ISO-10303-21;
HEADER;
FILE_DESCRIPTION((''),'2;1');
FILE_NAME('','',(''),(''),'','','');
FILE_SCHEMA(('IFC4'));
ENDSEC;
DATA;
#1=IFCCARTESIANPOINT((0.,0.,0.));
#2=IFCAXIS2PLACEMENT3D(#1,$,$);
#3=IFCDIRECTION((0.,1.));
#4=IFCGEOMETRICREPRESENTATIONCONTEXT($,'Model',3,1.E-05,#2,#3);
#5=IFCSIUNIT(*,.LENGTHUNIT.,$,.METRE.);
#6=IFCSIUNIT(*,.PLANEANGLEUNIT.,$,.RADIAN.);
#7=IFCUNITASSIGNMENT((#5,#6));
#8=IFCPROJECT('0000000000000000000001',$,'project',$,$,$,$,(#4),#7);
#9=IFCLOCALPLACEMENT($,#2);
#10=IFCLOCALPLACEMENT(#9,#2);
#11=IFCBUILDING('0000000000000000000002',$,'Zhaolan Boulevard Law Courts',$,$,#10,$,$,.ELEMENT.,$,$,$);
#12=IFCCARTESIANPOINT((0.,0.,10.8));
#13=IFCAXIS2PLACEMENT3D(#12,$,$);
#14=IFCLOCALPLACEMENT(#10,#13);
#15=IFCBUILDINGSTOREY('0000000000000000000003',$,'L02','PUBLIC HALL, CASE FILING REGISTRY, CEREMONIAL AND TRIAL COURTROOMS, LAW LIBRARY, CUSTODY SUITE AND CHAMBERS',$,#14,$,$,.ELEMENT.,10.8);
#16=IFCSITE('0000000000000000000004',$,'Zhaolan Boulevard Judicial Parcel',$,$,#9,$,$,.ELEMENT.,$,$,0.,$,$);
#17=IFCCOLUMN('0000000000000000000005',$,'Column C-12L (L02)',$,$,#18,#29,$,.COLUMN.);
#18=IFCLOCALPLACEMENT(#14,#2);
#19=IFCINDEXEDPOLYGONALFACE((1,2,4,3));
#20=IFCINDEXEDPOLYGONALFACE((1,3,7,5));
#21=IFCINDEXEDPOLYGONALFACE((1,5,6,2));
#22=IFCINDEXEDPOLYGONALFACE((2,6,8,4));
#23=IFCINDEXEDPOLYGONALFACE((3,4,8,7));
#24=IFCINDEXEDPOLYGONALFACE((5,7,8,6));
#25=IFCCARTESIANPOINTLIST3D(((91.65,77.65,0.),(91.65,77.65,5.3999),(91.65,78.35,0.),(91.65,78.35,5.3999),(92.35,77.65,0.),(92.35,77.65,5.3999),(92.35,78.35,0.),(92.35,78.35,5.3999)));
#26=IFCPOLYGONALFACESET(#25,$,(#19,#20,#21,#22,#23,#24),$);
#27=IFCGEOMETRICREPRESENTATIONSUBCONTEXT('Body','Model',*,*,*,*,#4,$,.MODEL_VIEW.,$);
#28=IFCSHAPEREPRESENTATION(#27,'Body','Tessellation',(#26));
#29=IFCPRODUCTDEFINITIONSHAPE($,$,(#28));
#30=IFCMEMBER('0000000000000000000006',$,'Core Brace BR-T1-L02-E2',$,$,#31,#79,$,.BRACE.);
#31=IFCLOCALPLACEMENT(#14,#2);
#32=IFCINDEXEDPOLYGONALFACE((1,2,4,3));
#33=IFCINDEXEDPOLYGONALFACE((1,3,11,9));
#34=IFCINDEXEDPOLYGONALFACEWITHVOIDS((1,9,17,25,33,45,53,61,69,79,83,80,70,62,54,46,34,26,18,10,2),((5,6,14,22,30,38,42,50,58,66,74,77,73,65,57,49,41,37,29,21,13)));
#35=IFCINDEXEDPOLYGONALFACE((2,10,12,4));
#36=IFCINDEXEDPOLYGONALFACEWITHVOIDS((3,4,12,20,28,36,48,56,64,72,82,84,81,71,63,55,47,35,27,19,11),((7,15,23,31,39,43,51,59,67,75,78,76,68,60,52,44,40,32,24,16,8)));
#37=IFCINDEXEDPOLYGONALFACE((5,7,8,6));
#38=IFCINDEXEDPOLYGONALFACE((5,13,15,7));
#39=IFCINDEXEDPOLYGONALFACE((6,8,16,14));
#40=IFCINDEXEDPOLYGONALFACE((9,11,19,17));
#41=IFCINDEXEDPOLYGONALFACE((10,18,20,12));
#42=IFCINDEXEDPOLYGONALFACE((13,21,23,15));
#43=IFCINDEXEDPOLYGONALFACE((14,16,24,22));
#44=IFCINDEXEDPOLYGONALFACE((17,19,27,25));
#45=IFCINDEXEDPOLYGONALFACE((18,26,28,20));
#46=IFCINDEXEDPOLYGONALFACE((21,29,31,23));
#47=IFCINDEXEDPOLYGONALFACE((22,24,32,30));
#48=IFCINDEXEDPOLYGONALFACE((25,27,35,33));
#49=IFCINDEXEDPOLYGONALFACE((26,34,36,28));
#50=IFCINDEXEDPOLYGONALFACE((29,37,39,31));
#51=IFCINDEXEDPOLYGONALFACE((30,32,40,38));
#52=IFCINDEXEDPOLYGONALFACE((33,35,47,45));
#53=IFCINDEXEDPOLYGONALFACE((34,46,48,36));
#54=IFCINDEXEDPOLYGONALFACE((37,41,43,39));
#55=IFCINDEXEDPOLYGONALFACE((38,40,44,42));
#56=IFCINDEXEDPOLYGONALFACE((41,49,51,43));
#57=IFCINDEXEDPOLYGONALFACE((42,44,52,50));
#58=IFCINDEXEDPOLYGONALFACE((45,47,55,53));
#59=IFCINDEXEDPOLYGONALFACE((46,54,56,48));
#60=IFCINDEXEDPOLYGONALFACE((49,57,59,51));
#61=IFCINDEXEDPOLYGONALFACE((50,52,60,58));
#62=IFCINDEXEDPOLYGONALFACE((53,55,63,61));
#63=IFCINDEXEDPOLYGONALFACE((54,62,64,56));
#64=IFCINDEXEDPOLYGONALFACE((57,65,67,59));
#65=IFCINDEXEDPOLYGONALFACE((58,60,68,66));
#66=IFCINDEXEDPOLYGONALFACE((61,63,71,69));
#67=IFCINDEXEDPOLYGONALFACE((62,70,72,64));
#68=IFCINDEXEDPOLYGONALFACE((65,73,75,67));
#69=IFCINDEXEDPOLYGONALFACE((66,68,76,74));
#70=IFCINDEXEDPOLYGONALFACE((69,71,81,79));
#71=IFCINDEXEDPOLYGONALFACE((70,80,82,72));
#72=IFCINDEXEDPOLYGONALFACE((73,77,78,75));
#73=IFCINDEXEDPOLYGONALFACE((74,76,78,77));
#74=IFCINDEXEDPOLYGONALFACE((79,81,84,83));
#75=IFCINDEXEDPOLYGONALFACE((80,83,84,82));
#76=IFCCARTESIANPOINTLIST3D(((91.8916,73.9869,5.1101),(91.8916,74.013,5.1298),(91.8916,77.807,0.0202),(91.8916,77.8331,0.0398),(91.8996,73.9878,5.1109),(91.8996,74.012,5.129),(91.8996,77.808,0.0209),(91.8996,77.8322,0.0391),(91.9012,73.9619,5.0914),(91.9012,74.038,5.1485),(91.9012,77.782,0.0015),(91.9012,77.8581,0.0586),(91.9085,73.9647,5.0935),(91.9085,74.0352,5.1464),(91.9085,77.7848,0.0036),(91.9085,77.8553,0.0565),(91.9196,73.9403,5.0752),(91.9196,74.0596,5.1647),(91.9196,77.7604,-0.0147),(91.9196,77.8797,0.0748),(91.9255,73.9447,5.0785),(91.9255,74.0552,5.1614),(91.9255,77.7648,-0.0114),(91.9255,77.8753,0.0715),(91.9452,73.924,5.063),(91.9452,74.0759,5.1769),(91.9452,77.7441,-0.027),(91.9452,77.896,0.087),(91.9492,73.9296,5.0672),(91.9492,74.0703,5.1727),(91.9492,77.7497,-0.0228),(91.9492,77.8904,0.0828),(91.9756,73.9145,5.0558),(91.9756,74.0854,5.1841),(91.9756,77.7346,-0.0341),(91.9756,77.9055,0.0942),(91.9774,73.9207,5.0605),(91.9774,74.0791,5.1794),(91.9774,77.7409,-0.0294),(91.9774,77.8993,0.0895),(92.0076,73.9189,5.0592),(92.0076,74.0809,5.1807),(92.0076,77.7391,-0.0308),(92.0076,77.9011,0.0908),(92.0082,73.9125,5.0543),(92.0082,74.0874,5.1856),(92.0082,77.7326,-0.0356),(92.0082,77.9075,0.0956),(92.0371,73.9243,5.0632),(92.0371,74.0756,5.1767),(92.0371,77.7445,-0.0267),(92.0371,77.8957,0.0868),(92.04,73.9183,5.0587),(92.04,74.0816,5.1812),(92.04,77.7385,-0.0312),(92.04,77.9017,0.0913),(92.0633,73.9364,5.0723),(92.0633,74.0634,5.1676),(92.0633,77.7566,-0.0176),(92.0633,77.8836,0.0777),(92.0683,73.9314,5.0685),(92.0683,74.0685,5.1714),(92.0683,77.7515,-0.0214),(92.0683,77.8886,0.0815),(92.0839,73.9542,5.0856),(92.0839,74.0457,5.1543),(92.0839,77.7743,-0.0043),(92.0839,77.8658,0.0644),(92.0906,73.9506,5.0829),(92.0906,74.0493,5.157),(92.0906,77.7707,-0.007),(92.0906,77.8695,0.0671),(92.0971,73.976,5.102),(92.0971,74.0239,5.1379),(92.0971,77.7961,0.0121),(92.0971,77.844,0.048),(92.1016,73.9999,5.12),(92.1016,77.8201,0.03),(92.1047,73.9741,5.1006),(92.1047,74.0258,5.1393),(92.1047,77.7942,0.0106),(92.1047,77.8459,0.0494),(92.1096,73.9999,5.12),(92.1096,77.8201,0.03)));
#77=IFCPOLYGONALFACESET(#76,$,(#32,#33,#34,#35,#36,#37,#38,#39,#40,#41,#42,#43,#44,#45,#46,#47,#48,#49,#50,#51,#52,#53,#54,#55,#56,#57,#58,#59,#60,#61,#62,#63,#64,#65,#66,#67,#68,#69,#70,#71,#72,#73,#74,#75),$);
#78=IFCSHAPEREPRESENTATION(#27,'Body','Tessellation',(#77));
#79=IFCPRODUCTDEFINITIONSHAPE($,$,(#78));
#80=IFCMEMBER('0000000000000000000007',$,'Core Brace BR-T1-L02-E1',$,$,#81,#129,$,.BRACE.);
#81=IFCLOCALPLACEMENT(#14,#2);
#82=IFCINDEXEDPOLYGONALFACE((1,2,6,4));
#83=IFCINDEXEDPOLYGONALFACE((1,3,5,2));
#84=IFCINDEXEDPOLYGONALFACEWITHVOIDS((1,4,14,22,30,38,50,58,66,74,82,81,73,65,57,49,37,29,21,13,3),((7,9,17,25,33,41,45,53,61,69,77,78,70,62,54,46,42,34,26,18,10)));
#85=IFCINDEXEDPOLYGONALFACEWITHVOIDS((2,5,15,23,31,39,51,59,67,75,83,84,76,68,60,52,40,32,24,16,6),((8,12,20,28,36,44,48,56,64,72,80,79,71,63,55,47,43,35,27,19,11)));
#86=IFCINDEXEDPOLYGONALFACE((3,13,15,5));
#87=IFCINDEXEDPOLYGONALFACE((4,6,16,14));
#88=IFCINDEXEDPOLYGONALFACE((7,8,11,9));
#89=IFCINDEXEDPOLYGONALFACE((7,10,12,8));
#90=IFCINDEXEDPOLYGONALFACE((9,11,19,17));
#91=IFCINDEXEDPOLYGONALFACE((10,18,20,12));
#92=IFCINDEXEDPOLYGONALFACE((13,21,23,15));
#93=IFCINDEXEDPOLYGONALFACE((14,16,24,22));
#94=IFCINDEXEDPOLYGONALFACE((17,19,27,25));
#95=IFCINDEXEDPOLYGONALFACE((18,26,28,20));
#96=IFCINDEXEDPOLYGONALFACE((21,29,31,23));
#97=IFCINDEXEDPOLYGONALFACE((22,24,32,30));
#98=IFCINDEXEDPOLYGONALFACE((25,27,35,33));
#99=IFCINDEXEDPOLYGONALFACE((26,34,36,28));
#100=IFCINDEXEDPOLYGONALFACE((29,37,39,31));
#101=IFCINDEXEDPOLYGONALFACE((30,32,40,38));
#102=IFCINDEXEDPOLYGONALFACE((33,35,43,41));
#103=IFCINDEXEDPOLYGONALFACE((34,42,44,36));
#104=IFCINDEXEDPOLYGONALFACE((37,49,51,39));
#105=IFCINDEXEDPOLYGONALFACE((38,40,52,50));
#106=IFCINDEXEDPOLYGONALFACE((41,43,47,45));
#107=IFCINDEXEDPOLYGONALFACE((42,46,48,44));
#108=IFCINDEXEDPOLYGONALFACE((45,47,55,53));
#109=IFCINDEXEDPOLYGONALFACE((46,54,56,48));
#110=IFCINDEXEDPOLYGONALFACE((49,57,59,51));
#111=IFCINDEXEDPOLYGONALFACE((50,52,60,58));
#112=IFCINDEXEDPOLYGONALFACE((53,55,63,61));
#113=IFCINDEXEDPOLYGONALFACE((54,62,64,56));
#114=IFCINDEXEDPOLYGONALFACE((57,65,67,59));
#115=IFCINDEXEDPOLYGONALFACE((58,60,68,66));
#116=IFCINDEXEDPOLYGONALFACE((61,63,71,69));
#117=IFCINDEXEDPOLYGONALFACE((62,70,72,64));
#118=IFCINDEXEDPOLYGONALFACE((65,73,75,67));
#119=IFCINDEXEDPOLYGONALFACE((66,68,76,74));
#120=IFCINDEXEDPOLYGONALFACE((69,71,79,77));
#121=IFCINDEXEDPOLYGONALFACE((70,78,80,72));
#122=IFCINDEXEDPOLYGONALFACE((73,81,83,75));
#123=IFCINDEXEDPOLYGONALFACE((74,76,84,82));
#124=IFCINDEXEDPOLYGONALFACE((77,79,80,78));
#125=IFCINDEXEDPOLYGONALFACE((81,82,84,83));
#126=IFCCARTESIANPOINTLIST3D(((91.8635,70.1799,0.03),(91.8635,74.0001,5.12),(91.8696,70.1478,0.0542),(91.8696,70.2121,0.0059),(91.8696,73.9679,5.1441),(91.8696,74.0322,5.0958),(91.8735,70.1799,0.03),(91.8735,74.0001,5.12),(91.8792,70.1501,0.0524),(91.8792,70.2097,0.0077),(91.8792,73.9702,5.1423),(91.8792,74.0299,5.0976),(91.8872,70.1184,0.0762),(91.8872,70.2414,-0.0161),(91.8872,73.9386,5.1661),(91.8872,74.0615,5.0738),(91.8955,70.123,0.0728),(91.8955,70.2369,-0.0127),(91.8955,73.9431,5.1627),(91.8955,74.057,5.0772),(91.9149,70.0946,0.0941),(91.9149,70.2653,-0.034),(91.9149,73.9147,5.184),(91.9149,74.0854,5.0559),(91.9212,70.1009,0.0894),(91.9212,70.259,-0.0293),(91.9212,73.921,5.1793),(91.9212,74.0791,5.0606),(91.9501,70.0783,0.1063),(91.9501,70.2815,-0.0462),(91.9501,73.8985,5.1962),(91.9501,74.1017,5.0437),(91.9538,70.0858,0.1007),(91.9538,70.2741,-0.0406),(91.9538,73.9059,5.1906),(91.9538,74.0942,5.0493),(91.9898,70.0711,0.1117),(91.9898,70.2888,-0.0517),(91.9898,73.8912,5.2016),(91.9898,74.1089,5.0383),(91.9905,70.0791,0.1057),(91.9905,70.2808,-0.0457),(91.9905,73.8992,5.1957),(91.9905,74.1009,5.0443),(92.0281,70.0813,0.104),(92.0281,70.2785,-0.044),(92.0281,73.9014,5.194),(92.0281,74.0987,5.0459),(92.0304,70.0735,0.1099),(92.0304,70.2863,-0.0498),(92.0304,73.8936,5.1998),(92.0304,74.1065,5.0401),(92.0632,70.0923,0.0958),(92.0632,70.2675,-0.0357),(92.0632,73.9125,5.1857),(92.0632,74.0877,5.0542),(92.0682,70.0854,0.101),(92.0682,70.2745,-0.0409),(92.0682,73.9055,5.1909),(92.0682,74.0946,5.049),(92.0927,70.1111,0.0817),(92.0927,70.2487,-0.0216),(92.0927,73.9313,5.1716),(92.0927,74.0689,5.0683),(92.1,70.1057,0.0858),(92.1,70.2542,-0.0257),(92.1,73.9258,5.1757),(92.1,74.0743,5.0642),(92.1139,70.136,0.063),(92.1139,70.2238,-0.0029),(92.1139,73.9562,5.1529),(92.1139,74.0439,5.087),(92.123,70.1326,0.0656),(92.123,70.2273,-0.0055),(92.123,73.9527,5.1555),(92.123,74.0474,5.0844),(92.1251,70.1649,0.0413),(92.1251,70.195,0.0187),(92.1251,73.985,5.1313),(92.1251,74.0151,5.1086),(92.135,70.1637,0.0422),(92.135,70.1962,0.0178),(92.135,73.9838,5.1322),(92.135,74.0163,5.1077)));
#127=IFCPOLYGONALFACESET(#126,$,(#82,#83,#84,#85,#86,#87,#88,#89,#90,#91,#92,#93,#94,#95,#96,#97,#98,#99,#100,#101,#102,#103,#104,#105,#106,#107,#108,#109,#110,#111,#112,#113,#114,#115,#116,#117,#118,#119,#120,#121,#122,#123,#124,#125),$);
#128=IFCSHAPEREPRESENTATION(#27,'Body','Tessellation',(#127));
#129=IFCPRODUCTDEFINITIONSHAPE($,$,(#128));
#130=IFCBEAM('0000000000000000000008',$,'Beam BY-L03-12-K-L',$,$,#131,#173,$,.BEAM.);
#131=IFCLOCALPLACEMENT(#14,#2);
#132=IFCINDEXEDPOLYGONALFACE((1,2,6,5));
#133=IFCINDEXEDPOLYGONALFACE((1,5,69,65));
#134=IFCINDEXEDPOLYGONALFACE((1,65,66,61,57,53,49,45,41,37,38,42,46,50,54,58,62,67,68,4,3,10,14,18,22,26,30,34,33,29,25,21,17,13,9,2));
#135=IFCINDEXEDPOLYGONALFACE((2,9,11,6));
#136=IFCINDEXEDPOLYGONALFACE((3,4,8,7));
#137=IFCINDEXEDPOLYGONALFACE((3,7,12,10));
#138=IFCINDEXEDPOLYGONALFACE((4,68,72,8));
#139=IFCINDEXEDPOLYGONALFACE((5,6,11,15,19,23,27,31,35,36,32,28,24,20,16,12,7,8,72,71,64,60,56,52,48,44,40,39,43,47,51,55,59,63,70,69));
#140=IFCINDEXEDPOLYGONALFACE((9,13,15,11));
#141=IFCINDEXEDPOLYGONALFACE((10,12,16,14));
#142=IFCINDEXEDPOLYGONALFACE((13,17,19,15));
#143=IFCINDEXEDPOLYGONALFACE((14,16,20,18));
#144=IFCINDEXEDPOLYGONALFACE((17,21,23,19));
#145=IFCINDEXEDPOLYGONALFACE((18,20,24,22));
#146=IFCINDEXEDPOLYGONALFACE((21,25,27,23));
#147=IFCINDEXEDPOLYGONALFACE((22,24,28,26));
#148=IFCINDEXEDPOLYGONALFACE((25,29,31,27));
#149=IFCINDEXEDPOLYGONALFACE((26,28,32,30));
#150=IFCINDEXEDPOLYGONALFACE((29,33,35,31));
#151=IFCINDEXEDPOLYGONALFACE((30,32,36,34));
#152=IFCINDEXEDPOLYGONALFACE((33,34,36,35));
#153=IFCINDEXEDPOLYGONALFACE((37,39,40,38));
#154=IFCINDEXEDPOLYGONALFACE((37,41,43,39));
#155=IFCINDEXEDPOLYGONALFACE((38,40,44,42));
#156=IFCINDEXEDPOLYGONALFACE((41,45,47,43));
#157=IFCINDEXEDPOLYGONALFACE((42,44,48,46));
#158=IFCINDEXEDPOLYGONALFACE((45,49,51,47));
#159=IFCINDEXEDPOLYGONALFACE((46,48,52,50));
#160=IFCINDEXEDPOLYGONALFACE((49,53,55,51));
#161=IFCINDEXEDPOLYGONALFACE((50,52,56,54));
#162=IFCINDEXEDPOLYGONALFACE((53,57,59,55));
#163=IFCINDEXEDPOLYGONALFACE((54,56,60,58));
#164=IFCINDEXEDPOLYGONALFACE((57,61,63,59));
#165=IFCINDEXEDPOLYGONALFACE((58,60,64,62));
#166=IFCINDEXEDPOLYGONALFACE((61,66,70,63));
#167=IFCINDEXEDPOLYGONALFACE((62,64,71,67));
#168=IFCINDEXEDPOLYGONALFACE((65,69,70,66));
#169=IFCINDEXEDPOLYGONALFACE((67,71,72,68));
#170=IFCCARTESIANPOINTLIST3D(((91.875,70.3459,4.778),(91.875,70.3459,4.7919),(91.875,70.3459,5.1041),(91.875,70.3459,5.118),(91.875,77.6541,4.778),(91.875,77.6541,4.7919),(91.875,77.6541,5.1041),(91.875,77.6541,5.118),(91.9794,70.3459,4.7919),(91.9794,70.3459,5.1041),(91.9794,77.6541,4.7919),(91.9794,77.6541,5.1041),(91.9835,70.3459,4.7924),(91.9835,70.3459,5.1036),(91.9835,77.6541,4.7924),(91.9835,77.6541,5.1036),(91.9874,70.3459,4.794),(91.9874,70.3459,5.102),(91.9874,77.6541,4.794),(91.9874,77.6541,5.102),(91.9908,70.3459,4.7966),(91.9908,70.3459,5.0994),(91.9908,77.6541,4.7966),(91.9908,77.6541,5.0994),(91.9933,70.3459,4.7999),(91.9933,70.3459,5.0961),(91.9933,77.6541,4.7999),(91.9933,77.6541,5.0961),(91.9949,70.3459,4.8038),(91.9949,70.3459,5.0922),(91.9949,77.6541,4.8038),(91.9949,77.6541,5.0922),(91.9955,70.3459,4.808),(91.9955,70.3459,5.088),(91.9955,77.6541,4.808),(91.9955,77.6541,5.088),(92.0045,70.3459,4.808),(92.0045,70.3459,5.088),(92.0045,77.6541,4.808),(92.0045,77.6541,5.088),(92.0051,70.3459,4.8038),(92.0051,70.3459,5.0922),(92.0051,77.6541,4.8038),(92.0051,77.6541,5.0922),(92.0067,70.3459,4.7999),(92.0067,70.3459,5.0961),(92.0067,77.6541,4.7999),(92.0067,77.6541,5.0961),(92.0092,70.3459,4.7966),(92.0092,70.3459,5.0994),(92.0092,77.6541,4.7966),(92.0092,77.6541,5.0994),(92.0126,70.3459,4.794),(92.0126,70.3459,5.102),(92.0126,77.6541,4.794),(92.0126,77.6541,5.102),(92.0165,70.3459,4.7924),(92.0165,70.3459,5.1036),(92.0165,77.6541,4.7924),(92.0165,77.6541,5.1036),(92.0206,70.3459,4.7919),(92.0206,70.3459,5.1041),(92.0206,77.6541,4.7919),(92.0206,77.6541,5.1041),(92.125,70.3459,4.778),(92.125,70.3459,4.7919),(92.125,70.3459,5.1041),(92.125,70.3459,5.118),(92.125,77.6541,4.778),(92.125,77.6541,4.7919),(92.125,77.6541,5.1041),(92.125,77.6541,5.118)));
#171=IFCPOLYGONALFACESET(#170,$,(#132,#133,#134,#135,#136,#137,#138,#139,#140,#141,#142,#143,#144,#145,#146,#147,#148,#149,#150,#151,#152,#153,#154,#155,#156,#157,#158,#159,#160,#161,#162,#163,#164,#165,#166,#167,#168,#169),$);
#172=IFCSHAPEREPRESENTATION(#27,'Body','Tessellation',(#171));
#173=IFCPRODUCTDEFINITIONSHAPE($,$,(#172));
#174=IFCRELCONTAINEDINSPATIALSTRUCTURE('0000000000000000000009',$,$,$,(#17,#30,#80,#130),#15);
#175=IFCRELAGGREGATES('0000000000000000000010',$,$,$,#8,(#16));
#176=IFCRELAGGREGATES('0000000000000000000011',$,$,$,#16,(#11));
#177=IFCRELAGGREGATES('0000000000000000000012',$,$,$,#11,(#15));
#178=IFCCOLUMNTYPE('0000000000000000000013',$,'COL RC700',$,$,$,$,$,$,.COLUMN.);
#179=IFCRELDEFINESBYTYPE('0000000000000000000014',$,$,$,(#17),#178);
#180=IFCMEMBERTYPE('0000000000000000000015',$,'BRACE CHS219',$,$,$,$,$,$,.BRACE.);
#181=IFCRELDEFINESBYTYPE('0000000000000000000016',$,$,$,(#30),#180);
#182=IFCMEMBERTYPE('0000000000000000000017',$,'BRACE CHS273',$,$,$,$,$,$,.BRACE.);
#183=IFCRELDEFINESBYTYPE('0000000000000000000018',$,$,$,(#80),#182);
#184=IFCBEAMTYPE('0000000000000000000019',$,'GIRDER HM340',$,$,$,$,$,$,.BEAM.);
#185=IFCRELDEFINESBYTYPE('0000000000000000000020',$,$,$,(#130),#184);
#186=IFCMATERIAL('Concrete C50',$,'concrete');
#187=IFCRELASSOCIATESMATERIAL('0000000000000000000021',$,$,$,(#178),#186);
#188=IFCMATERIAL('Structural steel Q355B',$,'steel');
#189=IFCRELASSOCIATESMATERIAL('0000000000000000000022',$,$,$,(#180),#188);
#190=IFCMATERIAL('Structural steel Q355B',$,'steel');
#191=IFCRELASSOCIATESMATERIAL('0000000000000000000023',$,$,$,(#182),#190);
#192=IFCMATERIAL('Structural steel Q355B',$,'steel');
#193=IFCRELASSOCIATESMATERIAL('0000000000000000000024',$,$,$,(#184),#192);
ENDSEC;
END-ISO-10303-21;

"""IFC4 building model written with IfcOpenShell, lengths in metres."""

from ifc_helpers import new_model, si_unit, direction, frame, origin, origin_2d, place, context, subcontext, project, spatial, rectangle, hollow_circle, i_section, extrude, material, material_profile, profile_set, type_object, element, save


model = new_model("IFC4")

# Units and contexts
model_context = context("Model", 3, precision=1e-05, world=origin(), true_north=direction((0.0, 1.0)))
body_context = subcontext(model_context, "Body", "Model", "MODEL_VIEW")
ifc_project = project(units=[si_unit("LENGTHUNIT", "METRE"), si_unit("PLANEANGLEUNIT", "RADIAN")], contexts=[model_context])

# Site, building, storey
site_placement = place(None, origin())
site = spatial("IfcSite", under=ifc_project, at=site_placement, Name="Zhaolan Boulevard Judicial Parcel", CompositionType="ELEMENT", RefElevation=0.0)
building_placement = place(site_placement, origin())
building = spatial("IfcBuilding", under=site, at=building_placement, Name="Zhaolan Boulevard Law Courts", CompositionType="ELEMENT")
storey_placement = place(building_placement, frame((0.0, 0.0, 10.8)))
storey = spatial("IfcBuildingStorey", under=building, at=storey_placement, Name="L02", Description="PUBLIC HALL, CASE FILING REGISTRY, CEREMONIAL AND TRIAL COURTROOMS, LAW LIBRARY, CUSTODY SUITE AND CHAMBERS", CompositionType="ELEMENT", Elevation=10.8)

# Column
ifc_material_1 = material(Name="Concrete C50", Category="concrete")
ifc_material_profile_1 = material_profile(ifc_material_1, rectangle(XDim=0.7, YDim=0.7, at=origin_2d()), Name="RC700x700")
ifc_profile_set_1 = profile_set([ifc_material_profile_1], Name="Concrete C50")
column_type = type_object("IfcColumnType", Name="COL RC700", PredefinedType="COLUMN", material=ifc_profile_set_1)
column_placement = place(storey_placement, frame((92.0, 78.0, 0.0), z_axis=(0.0, 0.0, 1.0), x_axis=(1.0, 0.0, 0.0)))
element("IfcColumn", 1, at=column_placement, inside=storey, type_object=column_type, Name="Column C-12L (L02)", PredefinedType="COLUMN", context=body_context, shape_type="SweptSolid", body=[
    extrude(rectangle(XDim=0.7, YDim=0.7, at=origin_2d()), origin(), (0.0, 0.0, 1.0), 5.3999),
])

# Members
ifc_material_2 = material(Name="Structural steel Q355B", Category="steel")
ifc_material_profile_2 = material_profile(ifc_material_2, hollow_circle(Radius=0.1096, WallThickness=0.0081, at=origin_2d()), Name="CHS219x8")
ifc_profile_set_2 = profile_set([ifc_material_profile_2], Name="Structural steel Q355B")
member_type_1 = type_object("IfcMemberType", Name="BRACE CHS219", PredefinedType="BRACE", material=ifc_profile_set_2)
member_1_placement = place(storey_placement, frame((92.0, 77.8201, 0.03), z_axis=(0.0, -0.60027, 0.799797), x_axis=(1.0, 0.0, 0.0)))
element("IfcMember", 2, at=member_1_placement, inside=storey, type_object=member_type_1, Name="Core Brace BR-T1-L02-E2", PredefinedType="BRACE", context=body_context, shape_type="SweptSolid", body=[
    extrude(hollow_circle(Radius=0.1096, WallThickness=0.0081, at=origin_2d()), origin(), (0.0, 0.0, 1.0), 6.364),
])
ifc_material_3 = material(Name="Structural steel Q355B", Category="steel")
ifc_material_profile_3 = material_profile(ifc_material_3, hollow_circle(Radius=0.1365, WallThickness=0.01, at=origin_2d()), Name="CHS273x10")
ifc_profile_set_3 = profile_set([ifc_material_profile_3], Name="Structural steel Q355B")
member_type_2 = type_object("IfcMemberType", Name="BRACE CHS273", PredefinedType="BRACE", material=ifc_profile_set_3)
member_2_placement = place(storey_placement, frame((92.0, 70.1799, 0.03), z_axis=(0.0, 0.60027, 0.799797), x_axis=(-1.0, 0.0, 0.0)))
element("IfcMember", 3, at=member_2_placement, inside=storey, type_object=member_type_2, Name="Core Brace BR-T1-L02-E1", PredefinedType="BRACE", context=body_context, shape_type="SweptSolid", body=[
    extrude(hollow_circle(Radius=0.1365, WallThickness=0.01, at=origin_2d()), origin(), (0.0, 0.0, 1.0), 6.364),
])

# Beam
ifc_material_4 = material(Name="Structural steel Q355B", Category="steel")
ifc_material_profile_4 = material_profile(ifc_material_4, i_section(OverallWidth=0.25, OverallDepth=0.3401, WebThickness=0.009, FlangeThickness=0.0139, FilletRadius=0.0161, at=origin_2d()), Name="HM340x250")
ifc_profile_set_4 = profile_set([ifc_material_profile_4], Name="Structural steel Q355B")
beam_type_1 = type_object("IfcBeamType", Name="GIRDER HM340", PredefinedType="BEAM", material=ifc_profile_set_4)
beam_1_placement = place(storey_placement, frame((92.0, 70.3459, 4.948), z_axis=(0.0, 1.0, 0.0), x_axis=(-1.0, 0.0, 0.0)))
element("IfcBeam", 4, at=beam_1_placement, inside=storey, type_object=beam_type_1, Name="Beam BY-L03-12-K-L", PredefinedType="BEAM", context=body_context, shape_type="SweptSolid", body=[
    extrude(i_section(OverallWidth=0.25, OverallDepth=0.3401, WebThickness=0.009, FlangeThickness=0.0139, FilletRadius=0.0161, at=origin_2d()), origin(), (0.0, 0.0, 1.0), 7.3081),
])

save(model, "model.ifc")
